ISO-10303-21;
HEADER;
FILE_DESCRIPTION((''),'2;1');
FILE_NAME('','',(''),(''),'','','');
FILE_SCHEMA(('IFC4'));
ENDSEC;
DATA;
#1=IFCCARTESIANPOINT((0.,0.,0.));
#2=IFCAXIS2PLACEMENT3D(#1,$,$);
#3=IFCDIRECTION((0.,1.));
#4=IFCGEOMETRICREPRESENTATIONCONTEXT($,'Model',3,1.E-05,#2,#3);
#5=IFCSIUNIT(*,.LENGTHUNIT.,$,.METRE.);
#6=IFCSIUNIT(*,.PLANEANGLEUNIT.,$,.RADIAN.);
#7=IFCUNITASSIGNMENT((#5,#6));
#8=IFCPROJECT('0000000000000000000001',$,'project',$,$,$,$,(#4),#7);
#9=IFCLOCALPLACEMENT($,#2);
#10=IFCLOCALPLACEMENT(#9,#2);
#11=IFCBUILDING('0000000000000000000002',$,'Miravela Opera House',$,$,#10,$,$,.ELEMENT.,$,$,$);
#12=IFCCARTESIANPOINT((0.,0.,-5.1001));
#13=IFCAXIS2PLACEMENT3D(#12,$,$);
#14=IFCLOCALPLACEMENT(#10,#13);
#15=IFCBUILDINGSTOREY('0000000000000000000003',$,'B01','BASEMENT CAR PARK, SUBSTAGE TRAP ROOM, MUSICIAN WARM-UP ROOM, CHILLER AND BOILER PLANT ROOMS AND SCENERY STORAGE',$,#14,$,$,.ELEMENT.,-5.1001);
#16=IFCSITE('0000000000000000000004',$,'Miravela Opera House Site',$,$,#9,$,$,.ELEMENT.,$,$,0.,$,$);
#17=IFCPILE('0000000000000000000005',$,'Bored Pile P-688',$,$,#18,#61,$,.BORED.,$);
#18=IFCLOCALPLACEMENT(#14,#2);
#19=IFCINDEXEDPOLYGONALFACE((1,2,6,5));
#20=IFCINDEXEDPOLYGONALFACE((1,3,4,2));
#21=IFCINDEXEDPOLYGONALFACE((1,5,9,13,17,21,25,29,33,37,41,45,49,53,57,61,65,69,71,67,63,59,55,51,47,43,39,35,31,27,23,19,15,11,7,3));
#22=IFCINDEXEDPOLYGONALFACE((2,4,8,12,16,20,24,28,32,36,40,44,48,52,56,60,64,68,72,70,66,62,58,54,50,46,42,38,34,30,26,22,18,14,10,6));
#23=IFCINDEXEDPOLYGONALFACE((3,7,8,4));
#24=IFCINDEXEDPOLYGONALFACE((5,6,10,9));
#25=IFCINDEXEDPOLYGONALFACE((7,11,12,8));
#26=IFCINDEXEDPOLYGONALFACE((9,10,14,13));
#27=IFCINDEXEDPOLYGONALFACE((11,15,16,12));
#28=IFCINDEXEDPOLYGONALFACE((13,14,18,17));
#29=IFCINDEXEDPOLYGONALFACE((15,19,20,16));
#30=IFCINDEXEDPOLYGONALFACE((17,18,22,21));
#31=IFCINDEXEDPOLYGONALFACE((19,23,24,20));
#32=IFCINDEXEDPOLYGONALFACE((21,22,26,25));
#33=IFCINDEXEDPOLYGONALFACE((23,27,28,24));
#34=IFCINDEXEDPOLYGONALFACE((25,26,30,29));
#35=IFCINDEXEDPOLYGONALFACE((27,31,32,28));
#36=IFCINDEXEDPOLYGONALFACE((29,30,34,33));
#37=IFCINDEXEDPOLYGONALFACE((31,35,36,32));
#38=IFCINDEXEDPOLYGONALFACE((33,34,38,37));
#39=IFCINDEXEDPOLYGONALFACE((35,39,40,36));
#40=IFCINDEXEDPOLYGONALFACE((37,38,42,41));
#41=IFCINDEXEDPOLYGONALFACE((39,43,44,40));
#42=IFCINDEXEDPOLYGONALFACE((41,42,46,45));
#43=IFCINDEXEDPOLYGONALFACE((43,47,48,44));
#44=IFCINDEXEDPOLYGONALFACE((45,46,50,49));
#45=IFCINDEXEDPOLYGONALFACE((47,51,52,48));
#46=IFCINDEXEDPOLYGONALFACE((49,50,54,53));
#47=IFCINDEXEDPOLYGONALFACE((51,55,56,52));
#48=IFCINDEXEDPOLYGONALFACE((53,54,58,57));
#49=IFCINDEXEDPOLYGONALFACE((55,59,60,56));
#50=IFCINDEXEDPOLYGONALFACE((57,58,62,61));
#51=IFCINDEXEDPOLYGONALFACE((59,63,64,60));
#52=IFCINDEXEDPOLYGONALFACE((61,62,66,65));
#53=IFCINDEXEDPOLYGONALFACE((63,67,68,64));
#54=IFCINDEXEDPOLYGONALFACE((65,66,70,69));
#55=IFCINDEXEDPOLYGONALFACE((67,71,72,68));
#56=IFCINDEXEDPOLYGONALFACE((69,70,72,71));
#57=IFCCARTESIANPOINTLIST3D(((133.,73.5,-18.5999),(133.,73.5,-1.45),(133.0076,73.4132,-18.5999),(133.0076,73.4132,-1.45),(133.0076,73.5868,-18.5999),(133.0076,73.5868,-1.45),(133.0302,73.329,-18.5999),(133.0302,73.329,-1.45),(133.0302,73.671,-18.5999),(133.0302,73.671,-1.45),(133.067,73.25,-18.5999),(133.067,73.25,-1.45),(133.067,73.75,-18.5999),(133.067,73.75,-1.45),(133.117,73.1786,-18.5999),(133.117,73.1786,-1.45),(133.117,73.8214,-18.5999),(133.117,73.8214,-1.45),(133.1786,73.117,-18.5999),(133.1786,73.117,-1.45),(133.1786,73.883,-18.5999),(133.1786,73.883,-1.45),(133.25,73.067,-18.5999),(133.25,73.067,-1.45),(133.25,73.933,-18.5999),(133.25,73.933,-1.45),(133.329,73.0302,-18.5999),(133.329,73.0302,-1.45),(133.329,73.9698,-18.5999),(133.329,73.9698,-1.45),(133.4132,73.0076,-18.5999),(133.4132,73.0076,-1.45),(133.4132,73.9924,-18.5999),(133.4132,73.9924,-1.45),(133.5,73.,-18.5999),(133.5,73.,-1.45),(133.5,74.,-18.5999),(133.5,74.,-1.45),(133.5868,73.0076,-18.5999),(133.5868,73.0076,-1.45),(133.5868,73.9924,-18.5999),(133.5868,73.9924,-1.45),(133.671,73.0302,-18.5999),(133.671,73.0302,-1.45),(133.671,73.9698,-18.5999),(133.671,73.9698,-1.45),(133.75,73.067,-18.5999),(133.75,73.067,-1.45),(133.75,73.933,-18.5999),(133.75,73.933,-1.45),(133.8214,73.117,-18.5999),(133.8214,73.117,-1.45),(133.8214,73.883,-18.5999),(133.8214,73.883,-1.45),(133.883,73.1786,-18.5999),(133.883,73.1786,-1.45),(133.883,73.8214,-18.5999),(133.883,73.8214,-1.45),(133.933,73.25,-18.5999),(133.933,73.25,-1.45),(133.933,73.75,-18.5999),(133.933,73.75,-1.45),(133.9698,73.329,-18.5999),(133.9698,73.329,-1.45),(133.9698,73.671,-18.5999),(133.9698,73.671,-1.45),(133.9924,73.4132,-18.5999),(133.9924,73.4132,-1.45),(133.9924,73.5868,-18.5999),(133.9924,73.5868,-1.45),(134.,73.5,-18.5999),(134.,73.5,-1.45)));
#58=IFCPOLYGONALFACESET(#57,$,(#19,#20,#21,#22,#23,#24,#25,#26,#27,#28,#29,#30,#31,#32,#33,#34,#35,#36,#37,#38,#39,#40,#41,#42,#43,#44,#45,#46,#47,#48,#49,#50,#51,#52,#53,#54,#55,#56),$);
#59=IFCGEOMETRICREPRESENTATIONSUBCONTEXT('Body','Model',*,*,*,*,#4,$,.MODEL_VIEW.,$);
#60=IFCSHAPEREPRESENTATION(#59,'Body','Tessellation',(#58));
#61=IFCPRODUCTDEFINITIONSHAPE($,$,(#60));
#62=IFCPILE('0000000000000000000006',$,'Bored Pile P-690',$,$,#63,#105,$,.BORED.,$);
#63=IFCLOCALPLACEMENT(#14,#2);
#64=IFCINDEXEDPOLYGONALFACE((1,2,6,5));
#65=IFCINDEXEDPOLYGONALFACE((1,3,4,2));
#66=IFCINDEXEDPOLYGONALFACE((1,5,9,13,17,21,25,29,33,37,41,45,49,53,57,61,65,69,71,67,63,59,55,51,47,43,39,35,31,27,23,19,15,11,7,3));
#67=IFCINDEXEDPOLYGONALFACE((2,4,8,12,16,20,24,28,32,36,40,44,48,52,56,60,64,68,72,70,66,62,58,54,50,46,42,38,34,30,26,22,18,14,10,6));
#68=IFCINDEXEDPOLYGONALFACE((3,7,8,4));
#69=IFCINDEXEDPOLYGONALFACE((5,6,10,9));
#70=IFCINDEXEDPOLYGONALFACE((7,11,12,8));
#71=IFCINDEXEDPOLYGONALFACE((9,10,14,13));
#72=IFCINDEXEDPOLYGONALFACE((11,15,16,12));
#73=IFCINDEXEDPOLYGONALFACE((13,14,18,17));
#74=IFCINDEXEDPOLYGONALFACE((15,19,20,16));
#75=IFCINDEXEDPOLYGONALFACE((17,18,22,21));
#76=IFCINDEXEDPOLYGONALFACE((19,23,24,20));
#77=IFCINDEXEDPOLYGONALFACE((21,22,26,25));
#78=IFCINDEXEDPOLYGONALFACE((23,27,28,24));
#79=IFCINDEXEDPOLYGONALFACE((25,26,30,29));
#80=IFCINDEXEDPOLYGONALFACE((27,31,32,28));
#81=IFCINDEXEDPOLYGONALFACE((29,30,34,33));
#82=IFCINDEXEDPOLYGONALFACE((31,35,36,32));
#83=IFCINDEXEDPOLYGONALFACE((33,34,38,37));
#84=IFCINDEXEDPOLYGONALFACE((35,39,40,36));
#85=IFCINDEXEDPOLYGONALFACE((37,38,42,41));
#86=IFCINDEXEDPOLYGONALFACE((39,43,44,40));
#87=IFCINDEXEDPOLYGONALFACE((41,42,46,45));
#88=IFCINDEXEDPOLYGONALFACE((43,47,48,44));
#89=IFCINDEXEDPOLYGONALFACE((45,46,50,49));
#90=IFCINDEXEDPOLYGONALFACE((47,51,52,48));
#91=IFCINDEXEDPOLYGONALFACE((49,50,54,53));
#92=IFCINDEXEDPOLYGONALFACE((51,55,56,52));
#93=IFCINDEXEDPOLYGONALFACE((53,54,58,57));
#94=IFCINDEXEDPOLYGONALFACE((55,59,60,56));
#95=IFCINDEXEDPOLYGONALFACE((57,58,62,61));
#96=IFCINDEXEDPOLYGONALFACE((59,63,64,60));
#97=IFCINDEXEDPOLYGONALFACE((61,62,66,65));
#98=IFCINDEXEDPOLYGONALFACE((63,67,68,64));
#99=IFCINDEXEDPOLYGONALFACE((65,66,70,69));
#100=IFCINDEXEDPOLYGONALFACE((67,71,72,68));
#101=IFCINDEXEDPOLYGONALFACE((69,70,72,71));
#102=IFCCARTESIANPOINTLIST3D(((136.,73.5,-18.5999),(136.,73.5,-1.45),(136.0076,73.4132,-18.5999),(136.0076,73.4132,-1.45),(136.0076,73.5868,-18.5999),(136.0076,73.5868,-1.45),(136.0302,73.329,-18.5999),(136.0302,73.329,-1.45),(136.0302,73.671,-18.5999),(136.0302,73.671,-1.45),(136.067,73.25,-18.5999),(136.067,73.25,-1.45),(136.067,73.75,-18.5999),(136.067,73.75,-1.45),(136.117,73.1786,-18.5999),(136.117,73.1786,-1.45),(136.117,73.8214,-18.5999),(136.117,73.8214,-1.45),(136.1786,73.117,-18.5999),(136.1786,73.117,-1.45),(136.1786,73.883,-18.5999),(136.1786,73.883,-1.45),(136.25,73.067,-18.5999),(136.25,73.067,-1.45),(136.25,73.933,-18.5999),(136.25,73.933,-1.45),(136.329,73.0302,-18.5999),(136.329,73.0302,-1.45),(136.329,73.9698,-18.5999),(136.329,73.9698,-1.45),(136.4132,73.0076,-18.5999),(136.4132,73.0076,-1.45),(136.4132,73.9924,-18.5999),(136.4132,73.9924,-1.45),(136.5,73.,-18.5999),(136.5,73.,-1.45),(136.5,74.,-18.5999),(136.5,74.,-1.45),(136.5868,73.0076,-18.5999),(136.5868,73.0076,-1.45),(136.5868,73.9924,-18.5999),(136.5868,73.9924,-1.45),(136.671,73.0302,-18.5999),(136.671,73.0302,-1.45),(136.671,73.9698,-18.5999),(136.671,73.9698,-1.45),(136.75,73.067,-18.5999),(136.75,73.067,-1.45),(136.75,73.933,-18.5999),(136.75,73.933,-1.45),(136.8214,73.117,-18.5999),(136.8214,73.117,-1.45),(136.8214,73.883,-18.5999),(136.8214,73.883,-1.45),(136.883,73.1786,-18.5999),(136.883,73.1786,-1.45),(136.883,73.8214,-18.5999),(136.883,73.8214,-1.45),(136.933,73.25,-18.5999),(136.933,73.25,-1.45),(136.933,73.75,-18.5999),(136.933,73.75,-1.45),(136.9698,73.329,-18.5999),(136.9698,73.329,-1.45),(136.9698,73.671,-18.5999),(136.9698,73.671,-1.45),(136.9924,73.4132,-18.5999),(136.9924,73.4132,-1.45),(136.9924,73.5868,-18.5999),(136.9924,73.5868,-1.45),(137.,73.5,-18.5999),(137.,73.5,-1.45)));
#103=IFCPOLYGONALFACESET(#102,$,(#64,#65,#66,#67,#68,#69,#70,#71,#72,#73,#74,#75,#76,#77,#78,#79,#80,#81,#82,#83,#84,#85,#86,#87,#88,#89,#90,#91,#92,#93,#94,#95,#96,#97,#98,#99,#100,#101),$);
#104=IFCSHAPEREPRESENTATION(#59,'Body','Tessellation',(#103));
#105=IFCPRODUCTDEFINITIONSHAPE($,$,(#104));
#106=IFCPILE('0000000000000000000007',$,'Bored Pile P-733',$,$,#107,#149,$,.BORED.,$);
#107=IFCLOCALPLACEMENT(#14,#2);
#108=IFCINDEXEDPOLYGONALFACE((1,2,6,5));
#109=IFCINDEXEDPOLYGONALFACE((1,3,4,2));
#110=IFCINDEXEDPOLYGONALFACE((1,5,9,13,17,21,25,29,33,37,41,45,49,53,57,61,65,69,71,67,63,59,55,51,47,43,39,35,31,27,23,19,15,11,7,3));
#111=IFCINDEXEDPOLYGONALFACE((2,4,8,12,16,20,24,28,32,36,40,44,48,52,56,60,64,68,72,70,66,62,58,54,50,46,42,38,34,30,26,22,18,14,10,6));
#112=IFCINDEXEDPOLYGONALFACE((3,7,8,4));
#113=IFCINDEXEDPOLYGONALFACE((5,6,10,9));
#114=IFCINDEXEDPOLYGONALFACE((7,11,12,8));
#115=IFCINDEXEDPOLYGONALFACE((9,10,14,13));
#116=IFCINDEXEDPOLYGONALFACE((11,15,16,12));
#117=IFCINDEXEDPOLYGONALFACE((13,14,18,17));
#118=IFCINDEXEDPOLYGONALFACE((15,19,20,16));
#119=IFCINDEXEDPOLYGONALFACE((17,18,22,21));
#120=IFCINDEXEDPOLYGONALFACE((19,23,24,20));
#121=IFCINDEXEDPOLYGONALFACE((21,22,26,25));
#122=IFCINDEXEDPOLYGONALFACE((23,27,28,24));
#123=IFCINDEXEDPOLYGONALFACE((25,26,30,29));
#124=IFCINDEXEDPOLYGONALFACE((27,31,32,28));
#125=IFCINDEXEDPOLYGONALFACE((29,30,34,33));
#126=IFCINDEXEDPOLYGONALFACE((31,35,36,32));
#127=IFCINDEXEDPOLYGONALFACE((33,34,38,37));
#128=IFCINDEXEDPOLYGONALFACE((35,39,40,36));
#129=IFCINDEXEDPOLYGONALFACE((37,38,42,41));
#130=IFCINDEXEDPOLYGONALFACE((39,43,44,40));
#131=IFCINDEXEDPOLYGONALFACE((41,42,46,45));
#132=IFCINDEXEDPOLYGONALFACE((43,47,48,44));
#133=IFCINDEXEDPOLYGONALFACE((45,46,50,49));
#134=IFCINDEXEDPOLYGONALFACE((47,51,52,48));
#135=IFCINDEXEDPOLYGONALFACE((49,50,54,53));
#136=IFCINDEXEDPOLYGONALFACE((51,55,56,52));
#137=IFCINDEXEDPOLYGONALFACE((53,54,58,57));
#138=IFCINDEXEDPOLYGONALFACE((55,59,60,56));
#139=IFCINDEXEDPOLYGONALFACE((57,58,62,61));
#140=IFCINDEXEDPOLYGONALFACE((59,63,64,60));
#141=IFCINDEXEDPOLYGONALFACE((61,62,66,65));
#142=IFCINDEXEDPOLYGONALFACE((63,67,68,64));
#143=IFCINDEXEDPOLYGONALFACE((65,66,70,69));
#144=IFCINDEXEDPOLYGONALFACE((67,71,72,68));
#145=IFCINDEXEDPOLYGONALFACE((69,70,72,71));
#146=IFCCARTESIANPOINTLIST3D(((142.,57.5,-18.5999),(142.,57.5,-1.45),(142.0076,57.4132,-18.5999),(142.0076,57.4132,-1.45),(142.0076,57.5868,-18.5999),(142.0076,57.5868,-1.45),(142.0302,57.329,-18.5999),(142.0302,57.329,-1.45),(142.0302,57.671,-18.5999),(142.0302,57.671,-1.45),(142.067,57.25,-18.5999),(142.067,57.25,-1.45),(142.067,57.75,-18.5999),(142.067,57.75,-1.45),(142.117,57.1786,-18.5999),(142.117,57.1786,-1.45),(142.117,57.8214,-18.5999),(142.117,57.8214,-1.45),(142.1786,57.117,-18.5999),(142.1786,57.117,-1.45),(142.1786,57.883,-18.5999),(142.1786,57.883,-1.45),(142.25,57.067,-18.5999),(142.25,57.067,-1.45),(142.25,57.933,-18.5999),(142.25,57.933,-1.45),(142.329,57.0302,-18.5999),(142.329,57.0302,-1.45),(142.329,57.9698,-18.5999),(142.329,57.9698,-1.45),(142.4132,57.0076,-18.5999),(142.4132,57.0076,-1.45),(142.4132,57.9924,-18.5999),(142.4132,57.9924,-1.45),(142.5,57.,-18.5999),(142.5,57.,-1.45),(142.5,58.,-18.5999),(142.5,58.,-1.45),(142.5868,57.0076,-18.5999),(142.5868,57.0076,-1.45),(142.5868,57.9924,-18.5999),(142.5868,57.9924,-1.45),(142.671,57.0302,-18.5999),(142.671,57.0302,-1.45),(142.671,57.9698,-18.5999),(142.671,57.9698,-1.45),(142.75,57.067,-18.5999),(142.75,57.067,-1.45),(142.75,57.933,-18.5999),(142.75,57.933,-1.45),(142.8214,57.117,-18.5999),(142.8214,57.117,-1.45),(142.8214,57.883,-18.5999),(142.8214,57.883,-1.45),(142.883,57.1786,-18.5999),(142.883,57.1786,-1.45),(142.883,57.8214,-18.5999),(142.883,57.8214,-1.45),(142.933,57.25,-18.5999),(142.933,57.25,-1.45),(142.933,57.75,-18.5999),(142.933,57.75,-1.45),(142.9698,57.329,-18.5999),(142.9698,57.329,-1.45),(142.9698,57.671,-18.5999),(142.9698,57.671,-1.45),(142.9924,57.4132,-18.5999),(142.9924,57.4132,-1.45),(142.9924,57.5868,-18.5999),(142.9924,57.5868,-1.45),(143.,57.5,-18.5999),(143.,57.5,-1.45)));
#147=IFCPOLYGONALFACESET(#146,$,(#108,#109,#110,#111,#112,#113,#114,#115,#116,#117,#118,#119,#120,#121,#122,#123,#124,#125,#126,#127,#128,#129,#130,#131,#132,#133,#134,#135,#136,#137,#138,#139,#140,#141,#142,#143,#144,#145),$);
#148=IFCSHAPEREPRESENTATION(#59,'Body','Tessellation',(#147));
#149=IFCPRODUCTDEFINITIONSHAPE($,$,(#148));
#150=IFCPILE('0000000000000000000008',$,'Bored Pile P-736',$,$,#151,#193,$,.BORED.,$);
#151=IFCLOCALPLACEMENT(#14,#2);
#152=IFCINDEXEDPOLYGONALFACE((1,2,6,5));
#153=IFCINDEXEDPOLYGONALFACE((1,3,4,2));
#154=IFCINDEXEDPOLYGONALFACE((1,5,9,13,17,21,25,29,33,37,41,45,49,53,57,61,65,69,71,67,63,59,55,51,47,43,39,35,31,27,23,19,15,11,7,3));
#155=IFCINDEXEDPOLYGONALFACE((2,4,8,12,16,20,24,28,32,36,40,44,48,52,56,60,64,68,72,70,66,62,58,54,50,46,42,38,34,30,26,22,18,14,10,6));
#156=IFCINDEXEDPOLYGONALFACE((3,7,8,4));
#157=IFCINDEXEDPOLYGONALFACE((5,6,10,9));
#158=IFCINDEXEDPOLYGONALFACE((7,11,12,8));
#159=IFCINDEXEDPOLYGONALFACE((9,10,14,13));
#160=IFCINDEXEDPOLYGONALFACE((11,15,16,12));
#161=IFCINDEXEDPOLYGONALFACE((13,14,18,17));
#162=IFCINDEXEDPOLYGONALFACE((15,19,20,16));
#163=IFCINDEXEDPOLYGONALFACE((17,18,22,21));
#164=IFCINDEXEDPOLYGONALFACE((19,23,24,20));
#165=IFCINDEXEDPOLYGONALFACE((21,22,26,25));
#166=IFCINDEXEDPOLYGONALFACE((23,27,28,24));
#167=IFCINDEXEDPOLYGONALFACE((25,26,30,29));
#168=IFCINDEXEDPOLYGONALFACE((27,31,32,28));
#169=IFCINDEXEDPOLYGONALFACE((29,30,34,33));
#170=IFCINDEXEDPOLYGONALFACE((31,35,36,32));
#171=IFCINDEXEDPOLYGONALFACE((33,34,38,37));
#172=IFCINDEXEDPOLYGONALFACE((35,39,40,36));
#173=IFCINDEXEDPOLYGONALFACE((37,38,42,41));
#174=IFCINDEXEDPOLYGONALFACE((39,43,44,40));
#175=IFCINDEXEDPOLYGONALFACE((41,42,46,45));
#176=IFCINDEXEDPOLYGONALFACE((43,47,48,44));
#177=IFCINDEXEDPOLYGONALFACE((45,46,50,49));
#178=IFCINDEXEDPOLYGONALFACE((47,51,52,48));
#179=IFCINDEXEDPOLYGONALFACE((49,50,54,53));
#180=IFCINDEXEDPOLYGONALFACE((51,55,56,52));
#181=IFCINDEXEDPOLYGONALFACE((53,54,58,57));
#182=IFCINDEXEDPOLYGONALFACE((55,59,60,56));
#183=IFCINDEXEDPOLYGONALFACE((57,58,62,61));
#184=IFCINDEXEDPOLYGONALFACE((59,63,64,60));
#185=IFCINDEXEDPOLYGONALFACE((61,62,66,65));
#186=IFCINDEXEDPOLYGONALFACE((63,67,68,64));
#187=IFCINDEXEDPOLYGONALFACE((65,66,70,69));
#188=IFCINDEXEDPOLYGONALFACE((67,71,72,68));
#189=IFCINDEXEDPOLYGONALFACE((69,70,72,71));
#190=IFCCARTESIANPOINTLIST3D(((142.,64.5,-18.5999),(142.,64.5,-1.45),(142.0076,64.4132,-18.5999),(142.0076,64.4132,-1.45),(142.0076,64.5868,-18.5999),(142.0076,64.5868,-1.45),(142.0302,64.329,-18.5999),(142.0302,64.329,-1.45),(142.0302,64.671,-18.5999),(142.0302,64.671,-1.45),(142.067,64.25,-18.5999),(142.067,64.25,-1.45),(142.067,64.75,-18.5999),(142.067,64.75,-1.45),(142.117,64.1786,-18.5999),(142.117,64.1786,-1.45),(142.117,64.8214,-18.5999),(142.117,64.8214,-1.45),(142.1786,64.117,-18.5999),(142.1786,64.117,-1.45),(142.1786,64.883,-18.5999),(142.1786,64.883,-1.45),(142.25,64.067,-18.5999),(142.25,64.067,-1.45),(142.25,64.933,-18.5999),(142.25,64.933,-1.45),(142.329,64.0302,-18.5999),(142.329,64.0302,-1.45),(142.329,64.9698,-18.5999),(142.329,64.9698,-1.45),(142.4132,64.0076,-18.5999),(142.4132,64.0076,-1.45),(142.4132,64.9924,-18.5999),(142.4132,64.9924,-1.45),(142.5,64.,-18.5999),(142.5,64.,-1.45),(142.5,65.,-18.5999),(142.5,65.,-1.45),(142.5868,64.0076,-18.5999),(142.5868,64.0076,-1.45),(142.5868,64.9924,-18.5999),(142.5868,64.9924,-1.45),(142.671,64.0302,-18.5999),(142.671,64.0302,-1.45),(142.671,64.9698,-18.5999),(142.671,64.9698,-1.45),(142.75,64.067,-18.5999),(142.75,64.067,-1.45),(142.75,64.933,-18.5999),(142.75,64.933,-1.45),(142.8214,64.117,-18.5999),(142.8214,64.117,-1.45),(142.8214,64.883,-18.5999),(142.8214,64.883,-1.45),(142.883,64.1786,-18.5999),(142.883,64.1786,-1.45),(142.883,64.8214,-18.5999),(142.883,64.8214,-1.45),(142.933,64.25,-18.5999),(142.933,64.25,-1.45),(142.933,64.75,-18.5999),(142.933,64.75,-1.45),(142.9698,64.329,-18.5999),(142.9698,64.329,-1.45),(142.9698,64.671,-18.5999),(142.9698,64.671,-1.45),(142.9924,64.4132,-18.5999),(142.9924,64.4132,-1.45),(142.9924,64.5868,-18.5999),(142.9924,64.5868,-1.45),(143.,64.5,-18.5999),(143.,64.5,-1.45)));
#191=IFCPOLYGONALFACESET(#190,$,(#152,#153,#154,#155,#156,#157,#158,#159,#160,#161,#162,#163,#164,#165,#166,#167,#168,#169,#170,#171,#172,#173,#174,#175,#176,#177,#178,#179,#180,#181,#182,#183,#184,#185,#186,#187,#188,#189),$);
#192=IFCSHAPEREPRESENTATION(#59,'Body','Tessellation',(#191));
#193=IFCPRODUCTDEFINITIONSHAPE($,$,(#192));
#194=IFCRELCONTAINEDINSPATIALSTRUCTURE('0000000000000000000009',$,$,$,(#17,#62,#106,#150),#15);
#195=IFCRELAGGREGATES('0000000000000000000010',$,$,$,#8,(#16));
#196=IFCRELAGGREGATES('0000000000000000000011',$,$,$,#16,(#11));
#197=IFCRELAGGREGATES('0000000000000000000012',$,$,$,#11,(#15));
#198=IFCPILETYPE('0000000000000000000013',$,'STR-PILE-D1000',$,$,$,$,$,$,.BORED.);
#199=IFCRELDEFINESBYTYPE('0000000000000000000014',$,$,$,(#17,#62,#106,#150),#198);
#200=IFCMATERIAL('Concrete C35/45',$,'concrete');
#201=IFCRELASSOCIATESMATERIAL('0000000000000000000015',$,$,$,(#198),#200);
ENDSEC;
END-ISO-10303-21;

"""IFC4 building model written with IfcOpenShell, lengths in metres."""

from ifc_helpers import new_model, si_unit, direction, frame, origin, origin_2d, place, context, subcontext, project, spatial, circle, extrude, material, material_profile, profile_set, type_object, element, save


model = new_model("IFC4")

# Units and contexts
model_context = context("Model", 3, precision=1e-05, world=origin(), true_north=direction((0.0, 1.0)))
body_context = subcontext(model_context, "Body", "Model", "MODEL_VIEW")
ifc_project = project(units=[si_unit("LENGTHUNIT", "METRE"), si_unit("PLANEANGLEUNIT", "RADIAN")], contexts=[model_context])

# Site, building, storey
site_placement = place(None, origin())
site = spatial("IfcSite", under=ifc_project, at=site_placement, Name="Miravela Opera House Site", CompositionType="ELEMENT", RefElevation=0.0)
building_placement = place(site_placement, origin())
building = spatial("IfcBuilding", under=site, at=building_placement, Name="Miravela Opera House", CompositionType="ELEMENT")
storey_placement = place(building_placement, frame((0.0, 0.0, -5.1001)))
storey = spatial("IfcBuildingStorey", under=building, at=storey_placement, Name="B01", Description="BASEMENT CAR PARK, SUBSTAGE TRAP ROOM, MUSICIAN WARM-UP ROOM, CHILLER AND BOILER PLANT ROOMS AND SCENERY STORAGE", CompositionType="ELEMENT", Elevation=-5.1001)

# Shared definitions
ifc_material_1 = material(Name="Concrete C35/45", Category="concrete")

# Piles
ifc_material_profile_1 = material_profile(ifc_material_1, circle(Radius=0.5, at=origin_2d()), Name="PILE-D1000")
ifc_profile_set_1 = profile_set([ifc_material_profile_1])
pile_type_1 = type_object("IfcPileType", Name="STR-PILE-D1000", PredefinedType="BORED", material=ifc_profile_set_1)
for number, where, z_axis, x_axis, name in (
    (1, (133.5, 73.5, -1.45), (0.0, 0.0, -1.0), (1.0, 0.0, 0.0), "Bored Pile P-688"),
    (2, (136.5, 73.5, -1.45), (0.0, 0.0, -1.0), (1.0, 0.0, 0.0), "Bored Pile P-690"),
    (3, (142.5, 57.5, -1.45), (0.0, 0.0, -1.0), (1.0, 0.0, 0.0), "Bored Pile P-733"),
    (4, (142.5, 64.5, -1.45), (0.0, 0.0, -1.0), (1.0, 0.0, 0.0), "Bored Pile P-736"),
):
    element("IfcPile", number, at=place(storey_placement, frame(where, z_axis=z_axis, x_axis=x_axis)), inside=storey, type_object=pile_type_1, Name=name, PredefinedType="BORED", context=body_context, shape_type="SweptSolid", body=[
        extrude(circle(Radius=0.5, at=origin_2d()), origin(), (0.0, 0.0, 1.0), 17.1499),
    ])

save(model, "model.ifc")
